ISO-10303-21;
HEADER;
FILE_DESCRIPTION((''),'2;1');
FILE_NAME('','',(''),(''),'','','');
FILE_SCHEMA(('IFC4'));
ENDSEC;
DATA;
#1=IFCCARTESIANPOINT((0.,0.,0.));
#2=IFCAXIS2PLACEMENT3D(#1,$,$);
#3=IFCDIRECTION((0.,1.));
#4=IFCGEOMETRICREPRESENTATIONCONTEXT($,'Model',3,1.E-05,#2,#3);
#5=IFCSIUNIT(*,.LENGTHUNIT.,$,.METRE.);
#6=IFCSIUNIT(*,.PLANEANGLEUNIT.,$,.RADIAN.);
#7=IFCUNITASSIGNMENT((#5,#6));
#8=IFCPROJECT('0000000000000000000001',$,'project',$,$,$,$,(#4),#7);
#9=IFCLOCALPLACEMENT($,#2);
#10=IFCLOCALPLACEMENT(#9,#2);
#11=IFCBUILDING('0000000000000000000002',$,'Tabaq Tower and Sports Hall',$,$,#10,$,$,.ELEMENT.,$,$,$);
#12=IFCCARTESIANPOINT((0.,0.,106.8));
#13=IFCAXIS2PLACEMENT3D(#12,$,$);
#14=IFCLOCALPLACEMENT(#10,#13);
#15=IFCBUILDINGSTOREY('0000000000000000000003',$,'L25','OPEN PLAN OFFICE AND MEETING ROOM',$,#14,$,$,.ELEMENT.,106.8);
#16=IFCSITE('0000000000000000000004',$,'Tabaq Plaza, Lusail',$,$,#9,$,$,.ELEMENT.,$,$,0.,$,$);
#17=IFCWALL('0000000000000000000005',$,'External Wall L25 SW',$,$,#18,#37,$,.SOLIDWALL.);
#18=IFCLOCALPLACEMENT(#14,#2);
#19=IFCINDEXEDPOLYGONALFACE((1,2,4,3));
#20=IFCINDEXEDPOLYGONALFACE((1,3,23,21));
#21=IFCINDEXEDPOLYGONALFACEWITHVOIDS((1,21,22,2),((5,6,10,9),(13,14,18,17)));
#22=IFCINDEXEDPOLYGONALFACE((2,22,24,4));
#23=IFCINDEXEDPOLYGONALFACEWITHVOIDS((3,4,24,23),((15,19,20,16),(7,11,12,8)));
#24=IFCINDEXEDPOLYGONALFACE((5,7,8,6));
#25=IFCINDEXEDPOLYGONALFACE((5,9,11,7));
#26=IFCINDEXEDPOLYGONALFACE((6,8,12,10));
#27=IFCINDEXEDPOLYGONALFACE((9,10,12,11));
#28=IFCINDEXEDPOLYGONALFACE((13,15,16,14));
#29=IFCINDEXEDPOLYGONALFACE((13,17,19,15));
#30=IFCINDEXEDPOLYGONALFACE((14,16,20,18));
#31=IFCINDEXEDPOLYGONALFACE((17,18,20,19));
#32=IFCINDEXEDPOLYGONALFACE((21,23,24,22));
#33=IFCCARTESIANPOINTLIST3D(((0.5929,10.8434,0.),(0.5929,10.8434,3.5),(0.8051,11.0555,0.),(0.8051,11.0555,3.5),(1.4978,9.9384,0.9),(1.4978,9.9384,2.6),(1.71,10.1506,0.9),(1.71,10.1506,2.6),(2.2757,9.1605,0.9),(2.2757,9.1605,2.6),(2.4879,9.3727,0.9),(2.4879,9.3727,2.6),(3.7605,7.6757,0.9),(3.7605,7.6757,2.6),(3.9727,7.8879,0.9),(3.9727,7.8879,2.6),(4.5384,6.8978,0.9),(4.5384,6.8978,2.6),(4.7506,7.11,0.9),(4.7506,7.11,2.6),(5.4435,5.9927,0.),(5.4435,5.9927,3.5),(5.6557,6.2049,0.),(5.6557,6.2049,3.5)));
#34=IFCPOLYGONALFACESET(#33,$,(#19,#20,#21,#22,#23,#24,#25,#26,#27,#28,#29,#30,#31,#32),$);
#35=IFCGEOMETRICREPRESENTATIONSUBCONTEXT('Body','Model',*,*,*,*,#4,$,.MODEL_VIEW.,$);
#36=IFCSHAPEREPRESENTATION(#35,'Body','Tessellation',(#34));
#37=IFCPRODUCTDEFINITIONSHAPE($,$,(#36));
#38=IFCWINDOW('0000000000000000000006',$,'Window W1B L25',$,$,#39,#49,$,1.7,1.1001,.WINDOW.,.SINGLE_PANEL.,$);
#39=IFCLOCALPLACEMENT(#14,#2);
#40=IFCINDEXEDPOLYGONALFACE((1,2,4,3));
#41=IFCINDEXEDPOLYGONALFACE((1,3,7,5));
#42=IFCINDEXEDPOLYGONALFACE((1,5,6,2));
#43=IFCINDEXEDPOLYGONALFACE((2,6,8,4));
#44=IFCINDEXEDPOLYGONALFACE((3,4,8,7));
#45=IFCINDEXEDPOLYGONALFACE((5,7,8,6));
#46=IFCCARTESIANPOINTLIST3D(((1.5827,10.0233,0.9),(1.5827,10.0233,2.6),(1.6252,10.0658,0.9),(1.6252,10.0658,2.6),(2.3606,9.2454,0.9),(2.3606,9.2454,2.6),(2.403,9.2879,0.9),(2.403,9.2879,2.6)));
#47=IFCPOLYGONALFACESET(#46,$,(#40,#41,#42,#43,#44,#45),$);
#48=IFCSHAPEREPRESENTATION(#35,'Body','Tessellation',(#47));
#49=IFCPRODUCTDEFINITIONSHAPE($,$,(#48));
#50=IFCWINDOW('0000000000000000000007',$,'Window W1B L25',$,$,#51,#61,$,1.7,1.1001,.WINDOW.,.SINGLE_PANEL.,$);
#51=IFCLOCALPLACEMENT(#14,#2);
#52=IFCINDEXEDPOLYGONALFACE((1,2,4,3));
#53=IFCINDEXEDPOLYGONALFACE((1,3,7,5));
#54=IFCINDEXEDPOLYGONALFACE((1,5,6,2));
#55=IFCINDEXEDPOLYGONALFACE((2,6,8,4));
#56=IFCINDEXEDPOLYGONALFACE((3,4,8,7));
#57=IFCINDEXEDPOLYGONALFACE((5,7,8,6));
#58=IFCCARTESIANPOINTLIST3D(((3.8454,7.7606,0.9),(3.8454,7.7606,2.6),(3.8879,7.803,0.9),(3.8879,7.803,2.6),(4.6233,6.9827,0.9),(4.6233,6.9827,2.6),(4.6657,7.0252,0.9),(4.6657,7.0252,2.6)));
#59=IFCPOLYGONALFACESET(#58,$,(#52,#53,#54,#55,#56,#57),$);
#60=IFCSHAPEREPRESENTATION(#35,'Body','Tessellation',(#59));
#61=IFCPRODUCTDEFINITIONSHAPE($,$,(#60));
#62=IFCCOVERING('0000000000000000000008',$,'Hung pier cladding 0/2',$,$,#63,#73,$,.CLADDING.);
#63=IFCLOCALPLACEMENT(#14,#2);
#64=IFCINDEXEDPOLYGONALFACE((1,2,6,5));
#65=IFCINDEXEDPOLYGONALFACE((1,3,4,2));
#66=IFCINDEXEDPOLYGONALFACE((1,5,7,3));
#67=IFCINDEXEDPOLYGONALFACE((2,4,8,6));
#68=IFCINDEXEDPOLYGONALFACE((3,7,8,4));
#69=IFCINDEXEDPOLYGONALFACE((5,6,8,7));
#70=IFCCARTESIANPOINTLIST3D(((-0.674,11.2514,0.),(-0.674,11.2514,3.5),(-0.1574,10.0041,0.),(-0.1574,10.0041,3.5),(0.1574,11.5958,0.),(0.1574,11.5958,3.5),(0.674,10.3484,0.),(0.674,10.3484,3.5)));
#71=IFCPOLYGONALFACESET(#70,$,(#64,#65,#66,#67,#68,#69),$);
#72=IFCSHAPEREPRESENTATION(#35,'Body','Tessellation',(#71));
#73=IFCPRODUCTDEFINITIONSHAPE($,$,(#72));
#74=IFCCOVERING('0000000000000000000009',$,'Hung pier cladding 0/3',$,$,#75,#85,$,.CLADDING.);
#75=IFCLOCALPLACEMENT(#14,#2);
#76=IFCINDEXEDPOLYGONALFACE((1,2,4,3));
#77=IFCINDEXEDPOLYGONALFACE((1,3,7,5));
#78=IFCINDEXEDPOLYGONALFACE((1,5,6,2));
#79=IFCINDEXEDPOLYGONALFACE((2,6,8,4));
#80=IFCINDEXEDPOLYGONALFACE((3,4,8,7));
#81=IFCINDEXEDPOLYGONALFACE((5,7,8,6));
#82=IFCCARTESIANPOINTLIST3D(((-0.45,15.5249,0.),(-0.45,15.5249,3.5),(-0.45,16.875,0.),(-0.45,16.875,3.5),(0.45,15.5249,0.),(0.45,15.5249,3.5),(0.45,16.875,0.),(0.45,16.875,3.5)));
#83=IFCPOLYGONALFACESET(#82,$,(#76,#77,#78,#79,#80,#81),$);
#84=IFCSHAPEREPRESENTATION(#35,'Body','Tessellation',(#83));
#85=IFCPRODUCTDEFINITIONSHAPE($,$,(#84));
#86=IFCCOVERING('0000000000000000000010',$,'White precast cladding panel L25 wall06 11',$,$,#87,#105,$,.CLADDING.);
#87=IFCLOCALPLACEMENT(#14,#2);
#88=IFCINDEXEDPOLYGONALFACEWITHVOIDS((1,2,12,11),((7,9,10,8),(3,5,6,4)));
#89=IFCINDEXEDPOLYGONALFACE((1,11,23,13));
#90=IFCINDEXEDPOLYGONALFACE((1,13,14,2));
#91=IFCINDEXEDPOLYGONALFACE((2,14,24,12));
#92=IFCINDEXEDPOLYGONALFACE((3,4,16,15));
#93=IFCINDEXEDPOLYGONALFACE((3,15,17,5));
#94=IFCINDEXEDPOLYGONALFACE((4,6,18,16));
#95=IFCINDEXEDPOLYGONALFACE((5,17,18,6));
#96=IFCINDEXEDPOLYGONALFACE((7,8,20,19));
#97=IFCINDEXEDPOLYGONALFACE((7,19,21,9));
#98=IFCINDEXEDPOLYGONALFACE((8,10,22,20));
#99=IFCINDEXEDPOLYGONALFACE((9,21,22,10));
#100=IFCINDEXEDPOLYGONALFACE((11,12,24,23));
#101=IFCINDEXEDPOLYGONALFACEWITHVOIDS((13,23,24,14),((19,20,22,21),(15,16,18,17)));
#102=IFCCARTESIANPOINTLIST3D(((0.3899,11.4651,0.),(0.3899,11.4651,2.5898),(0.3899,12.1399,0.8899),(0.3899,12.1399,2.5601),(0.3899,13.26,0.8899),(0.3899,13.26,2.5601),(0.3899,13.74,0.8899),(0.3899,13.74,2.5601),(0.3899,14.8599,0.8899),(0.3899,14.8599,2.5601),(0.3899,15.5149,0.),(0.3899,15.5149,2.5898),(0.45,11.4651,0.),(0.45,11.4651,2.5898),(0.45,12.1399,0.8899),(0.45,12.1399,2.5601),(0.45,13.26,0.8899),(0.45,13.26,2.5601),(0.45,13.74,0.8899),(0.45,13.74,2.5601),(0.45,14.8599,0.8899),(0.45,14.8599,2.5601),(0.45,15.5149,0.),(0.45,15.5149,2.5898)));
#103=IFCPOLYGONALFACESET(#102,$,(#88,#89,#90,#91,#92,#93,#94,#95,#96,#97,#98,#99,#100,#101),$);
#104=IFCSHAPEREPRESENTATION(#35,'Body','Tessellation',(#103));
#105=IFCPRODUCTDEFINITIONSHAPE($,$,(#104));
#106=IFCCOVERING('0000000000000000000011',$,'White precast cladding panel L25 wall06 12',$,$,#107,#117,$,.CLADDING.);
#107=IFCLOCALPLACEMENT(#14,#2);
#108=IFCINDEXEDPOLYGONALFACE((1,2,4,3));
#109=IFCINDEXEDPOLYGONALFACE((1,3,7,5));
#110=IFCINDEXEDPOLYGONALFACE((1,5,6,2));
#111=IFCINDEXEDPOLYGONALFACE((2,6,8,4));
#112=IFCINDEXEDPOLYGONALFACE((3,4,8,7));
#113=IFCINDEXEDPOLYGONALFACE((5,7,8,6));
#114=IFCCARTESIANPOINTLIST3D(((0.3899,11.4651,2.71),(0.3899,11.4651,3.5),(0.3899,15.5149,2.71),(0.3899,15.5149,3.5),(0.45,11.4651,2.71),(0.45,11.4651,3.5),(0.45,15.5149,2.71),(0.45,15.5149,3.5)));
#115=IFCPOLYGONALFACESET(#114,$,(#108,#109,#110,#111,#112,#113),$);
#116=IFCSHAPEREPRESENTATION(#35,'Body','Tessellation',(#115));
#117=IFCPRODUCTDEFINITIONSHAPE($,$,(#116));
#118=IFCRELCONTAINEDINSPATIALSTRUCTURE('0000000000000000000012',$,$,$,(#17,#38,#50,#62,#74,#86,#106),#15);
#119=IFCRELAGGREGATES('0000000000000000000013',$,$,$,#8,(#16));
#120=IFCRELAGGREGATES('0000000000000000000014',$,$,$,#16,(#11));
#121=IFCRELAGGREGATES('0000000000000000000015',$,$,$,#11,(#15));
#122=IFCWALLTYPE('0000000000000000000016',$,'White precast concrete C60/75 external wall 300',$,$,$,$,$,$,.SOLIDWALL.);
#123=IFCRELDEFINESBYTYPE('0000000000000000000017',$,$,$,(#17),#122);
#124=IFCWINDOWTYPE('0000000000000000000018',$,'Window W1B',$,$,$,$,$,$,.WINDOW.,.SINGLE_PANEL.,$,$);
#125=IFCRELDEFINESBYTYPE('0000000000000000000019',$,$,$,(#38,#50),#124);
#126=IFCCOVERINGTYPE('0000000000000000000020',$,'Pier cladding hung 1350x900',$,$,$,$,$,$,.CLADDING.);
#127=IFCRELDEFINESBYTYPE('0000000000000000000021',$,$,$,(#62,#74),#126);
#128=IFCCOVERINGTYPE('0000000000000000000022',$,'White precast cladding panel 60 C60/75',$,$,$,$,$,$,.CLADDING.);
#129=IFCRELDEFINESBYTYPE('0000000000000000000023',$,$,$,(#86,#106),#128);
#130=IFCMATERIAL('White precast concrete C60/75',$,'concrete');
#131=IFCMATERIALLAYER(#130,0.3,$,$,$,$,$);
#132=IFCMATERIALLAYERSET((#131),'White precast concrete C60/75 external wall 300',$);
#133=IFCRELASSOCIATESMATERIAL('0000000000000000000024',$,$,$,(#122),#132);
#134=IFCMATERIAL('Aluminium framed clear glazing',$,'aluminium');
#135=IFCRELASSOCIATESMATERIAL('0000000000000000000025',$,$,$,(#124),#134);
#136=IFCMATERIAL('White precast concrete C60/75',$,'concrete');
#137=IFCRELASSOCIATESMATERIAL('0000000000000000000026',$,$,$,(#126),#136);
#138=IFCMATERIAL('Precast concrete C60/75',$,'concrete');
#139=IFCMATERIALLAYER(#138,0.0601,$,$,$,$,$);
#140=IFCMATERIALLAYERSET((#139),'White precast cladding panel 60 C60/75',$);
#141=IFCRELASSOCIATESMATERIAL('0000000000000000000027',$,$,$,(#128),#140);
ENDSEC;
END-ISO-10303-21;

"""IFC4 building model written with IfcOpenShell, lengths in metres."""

from ifc_helpers import new_model, si_unit, direction, frame, frame_2d, origin, place, context, subcontext, project, spatial, polyline, rectangle, outline, extrude, material, layer, layer_set, type_object, element, fill, save


model = new_model("IFC4")

# Units and contexts
model_context = context("Model", 3, precision=1e-05, world=origin(), true_north=direction((0.0, 1.0)))
body_context = subcontext(model_context, "Body", "Model", "MODEL_VIEW")
ifc_project = project(units=[si_unit("LENGTHUNIT", "METRE"), si_unit("PLANEANGLEUNIT", "RADIAN")], contexts=[model_context])

# Site, building, storey
site_placement = place(None, origin())
site = spatial("IfcSite", under=ifc_project, at=site_placement, Name="Tabaq Plaza, Lusail", CompositionType="ELEMENT", RefElevation=0.0)
building_placement = place(site_placement, origin())
building = spatial("IfcBuilding", under=site, at=building_placement, Name="Tabaq Tower and Sports Hall", CompositionType="ELEMENT")
storey_placement = place(building_placement, frame((0.0, 0.0, 106.8)))
storey = spatial("IfcBuildingStorey", under=building, at=storey_placement, Name="L25", Description="OPEN PLAN OFFICE AND MEETING ROOM", CompositionType="ELEMENT", Elevation=106.8)

# Wall, openings, windows
ifc_material_1 = material(Name="White precast concrete C60/75", Category="concrete")
ifc_layer_1 = layer(ifc_material_1, 0.3)
ifc_layer_set_1 = layer_set([ifc_layer_1], Name="White precast concrete C60/75 external wall 300")
wall_type_1 = type_object("IfcWallType", Name="White precast concrete C60/75 external wall 300", PredefinedType="SOLIDWALL", material=ifc_layer_set_1)
wall_1_placement = place(storey_placement, frame((0.699, 10.9495, 0.0), z_axis=(0.0, 0.0, 1.0), x_axis=(0.707107, -0.707107, 0.0)))
wall_1 = element("IfcWall", 1, at=wall_1_placement, inside=storey, type_object=wall_type_1, Name="External Wall L25 SW", PredefinedType="SOLIDWALL", context=body_context, shape_type="SweptSolid", body=[
    extrude(rectangle(XDim=6.8599, YDim=0.3, at=frame_2d((3.4299, 0.0))), origin(), (0.0, 0.0, 1.0), 3.5),
])
opening_1_placement = place(wall_1_placement, frame((1.2798, 0.0, 0.8999)))
opening_1 = element("IfcOpeningElement", 2, at=opening_1_placement, cuts=wall_1, PredefinedType="OPENING", context=body_context, shape_type="SweptSolid", body=[
    extrude(rectangle(XDim=1.1001, YDim=1.7, at=frame_2d((0.55, 0.8501))), frame((0.0, 0.1602, 0.0), z_axis=(0.0, -1.0, 0.0), x_axis=(1.0, 0.0, 0.0)), (0.0, 0.0, 1.0), 0.3201),
])
opening_2_placement = place(wall_1_placement, frame((4.4797, 0.0, 0.8999)))
opening_2 = element("IfcOpeningElement", 3, at=opening_2_placement, cuts=wall_1, PredefinedType="OPENING", context=body_context, shape_type="SweptSolid", body=[
    extrude(rectangle(XDim=1.1001, YDim=1.7, at=frame_2d((0.55, 0.8501))), frame((0.0, 0.1602, 0.0), z_axis=(0.0, -1.0, 0.0), x_axis=(1.0, 0.0, 0.0)), (0.0, 0.0, 1.0), 0.3201),
])
ifc_material_2 = material(Name="Aluminium framed clear glazing", Category="aluminium")
window_type = type_object("IfcWindowType", Name="Window W1B", PartitioningType="SINGLE_PANEL", PredefinedType="WINDOW", material=ifc_material_2)
window_1_placement = place(opening_1_placement, origin())
window_1 = element("IfcWindow", 4, at=window_1_placement, inside=storey, type_object=window_type, Name="Window W1B L25", OverallHeight=1.7, OverallWidth=1.1001, PartitioningType="SINGLE_PANEL", PredefinedType="WINDOW", context=body_context, shape_type="SweptSolid", body=[
    extrude(rectangle(XDim=1.1001, YDim=1.7, at=frame_2d((0.55, 0.8501))), frame((0.0, 0.03, 0.0), z_axis=(0.0, -1.0, 0.0), x_axis=(1.0, 0.0, 0.0)), (0.0, 0.0, 1.0), 0.0601),
])
fill(opening_1, window_1)
window_2_placement = place(opening_2_placement, origin())
window_2 = element("IfcWindow", 5, at=window_2_placement, inside=storey, type_object=window_type, Name="Window W1B L25", OverallHeight=1.7, OverallWidth=1.1001, PartitioningType="SINGLE_PANEL", PredefinedType="WINDOW", context=body_context, shape_type="SweptSolid", body=[
    extrude(rectangle(XDim=1.1001, YDim=1.7, at=frame_2d((0.55, 0.8501))), frame((0.0, 0.03, 0.0), z_axis=(0.0, -1.0, 0.0), x_axis=(1.0, 0.0, 0.0)), (0.0, 0.0, 1.0), 0.0601),
])
fill(opening_2, window_2)

# Coverings
ifc_material_3 = material(Name="White precast concrete C60/75", Category="concrete")
covering_type_1 = type_object("IfcCoveringType", Name="Pier cladding hung 1350x900", PredefinedType="CLADDING", material=ifc_material_3)
for number, where, z_axis, x_axis, name in (
    (6, (-0.2583, 11.4236, 0.0), (0.0, 0.0, 1.0), (0.38265, -0.923893, 0.0), "Hung pier cladding 0/2"),
    (7, (0.0, 16.875, 0.0), (0.0, 0.0, 1.0), (0.0, -1.0, 0.0), "Hung pier cladding 0/3"),
):
    element("IfcCovering", number, at=place(storey_placement, frame(where, z_axis=z_axis, x_axis=x_axis)), inside=storey, type_object=covering_type_1, Name=name, PredefinedType="CLADDING", context=body_context, shape_type="SweptSolid", body=[
        extrude(rectangle(XDim=1.3501, YDim=0.8999, at=frame_2d((0.675, 0.0))), origin(), (0.0, 0.0, 1.0), 3.5),
    ])
ifc_material_4 = material(Name="Precast concrete C60/75", Category="concrete")
ifc_layer_2 = layer(ifc_material_4, 0.0601)
ifc_layer_set_2 = layer_set([ifc_layer_2], Name="White precast cladding panel 60 C60/75")
covering_type_2 = type_object("IfcCoveringType", Name="White precast cladding panel 60 C60/75", PredefinedType="CLADDING", material=ifc_layer_set_2)
covering_1_placement = place(storey_placement, frame((0.4199, 15.5149, 0.0), z_axis=(0.0, 0.0, 1.0), x_axis=(0.0, -1.0, 0.0)))
element("IfcCovering", 8, at=covering_1_placement, inside=storey, type_object=covering_type_2, Name="White precast cladding panel L25 wall06 11", PredefinedType="CLADDING", context=body_context, shape_type="SweptSolid", body=[
    extrude(outline(polyline([(0.0, 0.0), (4.0498, 0.0), (4.0498, 2.5898), (0.0, 2.5898), (0.0, 0.0)]), holes=[polyline([(0.655, 0.8899), (0.655, 2.5601), (1.7749, 2.5601), (1.7749, 0.8899), (0.655, 0.8899)]), polyline([(2.2549, 0.8899), (2.2549, 2.5601), (3.375, 2.5601), (3.375, 0.8899), (2.2549, 0.8899)])]), frame((0.0, 0.03, 0.0), z_axis=(0.0, -1.0, 0.0), x_axis=(1.0, 0.0, 0.0)), (0.0, 0.0, 1.0), 0.0601),
])
covering_2_placement = place(storey_placement, frame((0.4199, 15.5149, 2.71), z_axis=(0.0, 0.0, 1.0), x_axis=(0.0, -1.0, 0.0)))
element("IfcCovering", 9, at=covering_2_placement, inside=storey, type_object=covering_type_2, Name="White precast cladding panel L25 wall06 12", PredefinedType="CLADDING", context=body_context, shape_type="SweptSolid", body=[
    extrude(rectangle(XDim=4.0498, YDim=0.0601, at=frame_2d((2.0249, 0.0))), origin(), (0.0, 0.0, 1.0), 0.79),
])

save(model, "model.ifc")
